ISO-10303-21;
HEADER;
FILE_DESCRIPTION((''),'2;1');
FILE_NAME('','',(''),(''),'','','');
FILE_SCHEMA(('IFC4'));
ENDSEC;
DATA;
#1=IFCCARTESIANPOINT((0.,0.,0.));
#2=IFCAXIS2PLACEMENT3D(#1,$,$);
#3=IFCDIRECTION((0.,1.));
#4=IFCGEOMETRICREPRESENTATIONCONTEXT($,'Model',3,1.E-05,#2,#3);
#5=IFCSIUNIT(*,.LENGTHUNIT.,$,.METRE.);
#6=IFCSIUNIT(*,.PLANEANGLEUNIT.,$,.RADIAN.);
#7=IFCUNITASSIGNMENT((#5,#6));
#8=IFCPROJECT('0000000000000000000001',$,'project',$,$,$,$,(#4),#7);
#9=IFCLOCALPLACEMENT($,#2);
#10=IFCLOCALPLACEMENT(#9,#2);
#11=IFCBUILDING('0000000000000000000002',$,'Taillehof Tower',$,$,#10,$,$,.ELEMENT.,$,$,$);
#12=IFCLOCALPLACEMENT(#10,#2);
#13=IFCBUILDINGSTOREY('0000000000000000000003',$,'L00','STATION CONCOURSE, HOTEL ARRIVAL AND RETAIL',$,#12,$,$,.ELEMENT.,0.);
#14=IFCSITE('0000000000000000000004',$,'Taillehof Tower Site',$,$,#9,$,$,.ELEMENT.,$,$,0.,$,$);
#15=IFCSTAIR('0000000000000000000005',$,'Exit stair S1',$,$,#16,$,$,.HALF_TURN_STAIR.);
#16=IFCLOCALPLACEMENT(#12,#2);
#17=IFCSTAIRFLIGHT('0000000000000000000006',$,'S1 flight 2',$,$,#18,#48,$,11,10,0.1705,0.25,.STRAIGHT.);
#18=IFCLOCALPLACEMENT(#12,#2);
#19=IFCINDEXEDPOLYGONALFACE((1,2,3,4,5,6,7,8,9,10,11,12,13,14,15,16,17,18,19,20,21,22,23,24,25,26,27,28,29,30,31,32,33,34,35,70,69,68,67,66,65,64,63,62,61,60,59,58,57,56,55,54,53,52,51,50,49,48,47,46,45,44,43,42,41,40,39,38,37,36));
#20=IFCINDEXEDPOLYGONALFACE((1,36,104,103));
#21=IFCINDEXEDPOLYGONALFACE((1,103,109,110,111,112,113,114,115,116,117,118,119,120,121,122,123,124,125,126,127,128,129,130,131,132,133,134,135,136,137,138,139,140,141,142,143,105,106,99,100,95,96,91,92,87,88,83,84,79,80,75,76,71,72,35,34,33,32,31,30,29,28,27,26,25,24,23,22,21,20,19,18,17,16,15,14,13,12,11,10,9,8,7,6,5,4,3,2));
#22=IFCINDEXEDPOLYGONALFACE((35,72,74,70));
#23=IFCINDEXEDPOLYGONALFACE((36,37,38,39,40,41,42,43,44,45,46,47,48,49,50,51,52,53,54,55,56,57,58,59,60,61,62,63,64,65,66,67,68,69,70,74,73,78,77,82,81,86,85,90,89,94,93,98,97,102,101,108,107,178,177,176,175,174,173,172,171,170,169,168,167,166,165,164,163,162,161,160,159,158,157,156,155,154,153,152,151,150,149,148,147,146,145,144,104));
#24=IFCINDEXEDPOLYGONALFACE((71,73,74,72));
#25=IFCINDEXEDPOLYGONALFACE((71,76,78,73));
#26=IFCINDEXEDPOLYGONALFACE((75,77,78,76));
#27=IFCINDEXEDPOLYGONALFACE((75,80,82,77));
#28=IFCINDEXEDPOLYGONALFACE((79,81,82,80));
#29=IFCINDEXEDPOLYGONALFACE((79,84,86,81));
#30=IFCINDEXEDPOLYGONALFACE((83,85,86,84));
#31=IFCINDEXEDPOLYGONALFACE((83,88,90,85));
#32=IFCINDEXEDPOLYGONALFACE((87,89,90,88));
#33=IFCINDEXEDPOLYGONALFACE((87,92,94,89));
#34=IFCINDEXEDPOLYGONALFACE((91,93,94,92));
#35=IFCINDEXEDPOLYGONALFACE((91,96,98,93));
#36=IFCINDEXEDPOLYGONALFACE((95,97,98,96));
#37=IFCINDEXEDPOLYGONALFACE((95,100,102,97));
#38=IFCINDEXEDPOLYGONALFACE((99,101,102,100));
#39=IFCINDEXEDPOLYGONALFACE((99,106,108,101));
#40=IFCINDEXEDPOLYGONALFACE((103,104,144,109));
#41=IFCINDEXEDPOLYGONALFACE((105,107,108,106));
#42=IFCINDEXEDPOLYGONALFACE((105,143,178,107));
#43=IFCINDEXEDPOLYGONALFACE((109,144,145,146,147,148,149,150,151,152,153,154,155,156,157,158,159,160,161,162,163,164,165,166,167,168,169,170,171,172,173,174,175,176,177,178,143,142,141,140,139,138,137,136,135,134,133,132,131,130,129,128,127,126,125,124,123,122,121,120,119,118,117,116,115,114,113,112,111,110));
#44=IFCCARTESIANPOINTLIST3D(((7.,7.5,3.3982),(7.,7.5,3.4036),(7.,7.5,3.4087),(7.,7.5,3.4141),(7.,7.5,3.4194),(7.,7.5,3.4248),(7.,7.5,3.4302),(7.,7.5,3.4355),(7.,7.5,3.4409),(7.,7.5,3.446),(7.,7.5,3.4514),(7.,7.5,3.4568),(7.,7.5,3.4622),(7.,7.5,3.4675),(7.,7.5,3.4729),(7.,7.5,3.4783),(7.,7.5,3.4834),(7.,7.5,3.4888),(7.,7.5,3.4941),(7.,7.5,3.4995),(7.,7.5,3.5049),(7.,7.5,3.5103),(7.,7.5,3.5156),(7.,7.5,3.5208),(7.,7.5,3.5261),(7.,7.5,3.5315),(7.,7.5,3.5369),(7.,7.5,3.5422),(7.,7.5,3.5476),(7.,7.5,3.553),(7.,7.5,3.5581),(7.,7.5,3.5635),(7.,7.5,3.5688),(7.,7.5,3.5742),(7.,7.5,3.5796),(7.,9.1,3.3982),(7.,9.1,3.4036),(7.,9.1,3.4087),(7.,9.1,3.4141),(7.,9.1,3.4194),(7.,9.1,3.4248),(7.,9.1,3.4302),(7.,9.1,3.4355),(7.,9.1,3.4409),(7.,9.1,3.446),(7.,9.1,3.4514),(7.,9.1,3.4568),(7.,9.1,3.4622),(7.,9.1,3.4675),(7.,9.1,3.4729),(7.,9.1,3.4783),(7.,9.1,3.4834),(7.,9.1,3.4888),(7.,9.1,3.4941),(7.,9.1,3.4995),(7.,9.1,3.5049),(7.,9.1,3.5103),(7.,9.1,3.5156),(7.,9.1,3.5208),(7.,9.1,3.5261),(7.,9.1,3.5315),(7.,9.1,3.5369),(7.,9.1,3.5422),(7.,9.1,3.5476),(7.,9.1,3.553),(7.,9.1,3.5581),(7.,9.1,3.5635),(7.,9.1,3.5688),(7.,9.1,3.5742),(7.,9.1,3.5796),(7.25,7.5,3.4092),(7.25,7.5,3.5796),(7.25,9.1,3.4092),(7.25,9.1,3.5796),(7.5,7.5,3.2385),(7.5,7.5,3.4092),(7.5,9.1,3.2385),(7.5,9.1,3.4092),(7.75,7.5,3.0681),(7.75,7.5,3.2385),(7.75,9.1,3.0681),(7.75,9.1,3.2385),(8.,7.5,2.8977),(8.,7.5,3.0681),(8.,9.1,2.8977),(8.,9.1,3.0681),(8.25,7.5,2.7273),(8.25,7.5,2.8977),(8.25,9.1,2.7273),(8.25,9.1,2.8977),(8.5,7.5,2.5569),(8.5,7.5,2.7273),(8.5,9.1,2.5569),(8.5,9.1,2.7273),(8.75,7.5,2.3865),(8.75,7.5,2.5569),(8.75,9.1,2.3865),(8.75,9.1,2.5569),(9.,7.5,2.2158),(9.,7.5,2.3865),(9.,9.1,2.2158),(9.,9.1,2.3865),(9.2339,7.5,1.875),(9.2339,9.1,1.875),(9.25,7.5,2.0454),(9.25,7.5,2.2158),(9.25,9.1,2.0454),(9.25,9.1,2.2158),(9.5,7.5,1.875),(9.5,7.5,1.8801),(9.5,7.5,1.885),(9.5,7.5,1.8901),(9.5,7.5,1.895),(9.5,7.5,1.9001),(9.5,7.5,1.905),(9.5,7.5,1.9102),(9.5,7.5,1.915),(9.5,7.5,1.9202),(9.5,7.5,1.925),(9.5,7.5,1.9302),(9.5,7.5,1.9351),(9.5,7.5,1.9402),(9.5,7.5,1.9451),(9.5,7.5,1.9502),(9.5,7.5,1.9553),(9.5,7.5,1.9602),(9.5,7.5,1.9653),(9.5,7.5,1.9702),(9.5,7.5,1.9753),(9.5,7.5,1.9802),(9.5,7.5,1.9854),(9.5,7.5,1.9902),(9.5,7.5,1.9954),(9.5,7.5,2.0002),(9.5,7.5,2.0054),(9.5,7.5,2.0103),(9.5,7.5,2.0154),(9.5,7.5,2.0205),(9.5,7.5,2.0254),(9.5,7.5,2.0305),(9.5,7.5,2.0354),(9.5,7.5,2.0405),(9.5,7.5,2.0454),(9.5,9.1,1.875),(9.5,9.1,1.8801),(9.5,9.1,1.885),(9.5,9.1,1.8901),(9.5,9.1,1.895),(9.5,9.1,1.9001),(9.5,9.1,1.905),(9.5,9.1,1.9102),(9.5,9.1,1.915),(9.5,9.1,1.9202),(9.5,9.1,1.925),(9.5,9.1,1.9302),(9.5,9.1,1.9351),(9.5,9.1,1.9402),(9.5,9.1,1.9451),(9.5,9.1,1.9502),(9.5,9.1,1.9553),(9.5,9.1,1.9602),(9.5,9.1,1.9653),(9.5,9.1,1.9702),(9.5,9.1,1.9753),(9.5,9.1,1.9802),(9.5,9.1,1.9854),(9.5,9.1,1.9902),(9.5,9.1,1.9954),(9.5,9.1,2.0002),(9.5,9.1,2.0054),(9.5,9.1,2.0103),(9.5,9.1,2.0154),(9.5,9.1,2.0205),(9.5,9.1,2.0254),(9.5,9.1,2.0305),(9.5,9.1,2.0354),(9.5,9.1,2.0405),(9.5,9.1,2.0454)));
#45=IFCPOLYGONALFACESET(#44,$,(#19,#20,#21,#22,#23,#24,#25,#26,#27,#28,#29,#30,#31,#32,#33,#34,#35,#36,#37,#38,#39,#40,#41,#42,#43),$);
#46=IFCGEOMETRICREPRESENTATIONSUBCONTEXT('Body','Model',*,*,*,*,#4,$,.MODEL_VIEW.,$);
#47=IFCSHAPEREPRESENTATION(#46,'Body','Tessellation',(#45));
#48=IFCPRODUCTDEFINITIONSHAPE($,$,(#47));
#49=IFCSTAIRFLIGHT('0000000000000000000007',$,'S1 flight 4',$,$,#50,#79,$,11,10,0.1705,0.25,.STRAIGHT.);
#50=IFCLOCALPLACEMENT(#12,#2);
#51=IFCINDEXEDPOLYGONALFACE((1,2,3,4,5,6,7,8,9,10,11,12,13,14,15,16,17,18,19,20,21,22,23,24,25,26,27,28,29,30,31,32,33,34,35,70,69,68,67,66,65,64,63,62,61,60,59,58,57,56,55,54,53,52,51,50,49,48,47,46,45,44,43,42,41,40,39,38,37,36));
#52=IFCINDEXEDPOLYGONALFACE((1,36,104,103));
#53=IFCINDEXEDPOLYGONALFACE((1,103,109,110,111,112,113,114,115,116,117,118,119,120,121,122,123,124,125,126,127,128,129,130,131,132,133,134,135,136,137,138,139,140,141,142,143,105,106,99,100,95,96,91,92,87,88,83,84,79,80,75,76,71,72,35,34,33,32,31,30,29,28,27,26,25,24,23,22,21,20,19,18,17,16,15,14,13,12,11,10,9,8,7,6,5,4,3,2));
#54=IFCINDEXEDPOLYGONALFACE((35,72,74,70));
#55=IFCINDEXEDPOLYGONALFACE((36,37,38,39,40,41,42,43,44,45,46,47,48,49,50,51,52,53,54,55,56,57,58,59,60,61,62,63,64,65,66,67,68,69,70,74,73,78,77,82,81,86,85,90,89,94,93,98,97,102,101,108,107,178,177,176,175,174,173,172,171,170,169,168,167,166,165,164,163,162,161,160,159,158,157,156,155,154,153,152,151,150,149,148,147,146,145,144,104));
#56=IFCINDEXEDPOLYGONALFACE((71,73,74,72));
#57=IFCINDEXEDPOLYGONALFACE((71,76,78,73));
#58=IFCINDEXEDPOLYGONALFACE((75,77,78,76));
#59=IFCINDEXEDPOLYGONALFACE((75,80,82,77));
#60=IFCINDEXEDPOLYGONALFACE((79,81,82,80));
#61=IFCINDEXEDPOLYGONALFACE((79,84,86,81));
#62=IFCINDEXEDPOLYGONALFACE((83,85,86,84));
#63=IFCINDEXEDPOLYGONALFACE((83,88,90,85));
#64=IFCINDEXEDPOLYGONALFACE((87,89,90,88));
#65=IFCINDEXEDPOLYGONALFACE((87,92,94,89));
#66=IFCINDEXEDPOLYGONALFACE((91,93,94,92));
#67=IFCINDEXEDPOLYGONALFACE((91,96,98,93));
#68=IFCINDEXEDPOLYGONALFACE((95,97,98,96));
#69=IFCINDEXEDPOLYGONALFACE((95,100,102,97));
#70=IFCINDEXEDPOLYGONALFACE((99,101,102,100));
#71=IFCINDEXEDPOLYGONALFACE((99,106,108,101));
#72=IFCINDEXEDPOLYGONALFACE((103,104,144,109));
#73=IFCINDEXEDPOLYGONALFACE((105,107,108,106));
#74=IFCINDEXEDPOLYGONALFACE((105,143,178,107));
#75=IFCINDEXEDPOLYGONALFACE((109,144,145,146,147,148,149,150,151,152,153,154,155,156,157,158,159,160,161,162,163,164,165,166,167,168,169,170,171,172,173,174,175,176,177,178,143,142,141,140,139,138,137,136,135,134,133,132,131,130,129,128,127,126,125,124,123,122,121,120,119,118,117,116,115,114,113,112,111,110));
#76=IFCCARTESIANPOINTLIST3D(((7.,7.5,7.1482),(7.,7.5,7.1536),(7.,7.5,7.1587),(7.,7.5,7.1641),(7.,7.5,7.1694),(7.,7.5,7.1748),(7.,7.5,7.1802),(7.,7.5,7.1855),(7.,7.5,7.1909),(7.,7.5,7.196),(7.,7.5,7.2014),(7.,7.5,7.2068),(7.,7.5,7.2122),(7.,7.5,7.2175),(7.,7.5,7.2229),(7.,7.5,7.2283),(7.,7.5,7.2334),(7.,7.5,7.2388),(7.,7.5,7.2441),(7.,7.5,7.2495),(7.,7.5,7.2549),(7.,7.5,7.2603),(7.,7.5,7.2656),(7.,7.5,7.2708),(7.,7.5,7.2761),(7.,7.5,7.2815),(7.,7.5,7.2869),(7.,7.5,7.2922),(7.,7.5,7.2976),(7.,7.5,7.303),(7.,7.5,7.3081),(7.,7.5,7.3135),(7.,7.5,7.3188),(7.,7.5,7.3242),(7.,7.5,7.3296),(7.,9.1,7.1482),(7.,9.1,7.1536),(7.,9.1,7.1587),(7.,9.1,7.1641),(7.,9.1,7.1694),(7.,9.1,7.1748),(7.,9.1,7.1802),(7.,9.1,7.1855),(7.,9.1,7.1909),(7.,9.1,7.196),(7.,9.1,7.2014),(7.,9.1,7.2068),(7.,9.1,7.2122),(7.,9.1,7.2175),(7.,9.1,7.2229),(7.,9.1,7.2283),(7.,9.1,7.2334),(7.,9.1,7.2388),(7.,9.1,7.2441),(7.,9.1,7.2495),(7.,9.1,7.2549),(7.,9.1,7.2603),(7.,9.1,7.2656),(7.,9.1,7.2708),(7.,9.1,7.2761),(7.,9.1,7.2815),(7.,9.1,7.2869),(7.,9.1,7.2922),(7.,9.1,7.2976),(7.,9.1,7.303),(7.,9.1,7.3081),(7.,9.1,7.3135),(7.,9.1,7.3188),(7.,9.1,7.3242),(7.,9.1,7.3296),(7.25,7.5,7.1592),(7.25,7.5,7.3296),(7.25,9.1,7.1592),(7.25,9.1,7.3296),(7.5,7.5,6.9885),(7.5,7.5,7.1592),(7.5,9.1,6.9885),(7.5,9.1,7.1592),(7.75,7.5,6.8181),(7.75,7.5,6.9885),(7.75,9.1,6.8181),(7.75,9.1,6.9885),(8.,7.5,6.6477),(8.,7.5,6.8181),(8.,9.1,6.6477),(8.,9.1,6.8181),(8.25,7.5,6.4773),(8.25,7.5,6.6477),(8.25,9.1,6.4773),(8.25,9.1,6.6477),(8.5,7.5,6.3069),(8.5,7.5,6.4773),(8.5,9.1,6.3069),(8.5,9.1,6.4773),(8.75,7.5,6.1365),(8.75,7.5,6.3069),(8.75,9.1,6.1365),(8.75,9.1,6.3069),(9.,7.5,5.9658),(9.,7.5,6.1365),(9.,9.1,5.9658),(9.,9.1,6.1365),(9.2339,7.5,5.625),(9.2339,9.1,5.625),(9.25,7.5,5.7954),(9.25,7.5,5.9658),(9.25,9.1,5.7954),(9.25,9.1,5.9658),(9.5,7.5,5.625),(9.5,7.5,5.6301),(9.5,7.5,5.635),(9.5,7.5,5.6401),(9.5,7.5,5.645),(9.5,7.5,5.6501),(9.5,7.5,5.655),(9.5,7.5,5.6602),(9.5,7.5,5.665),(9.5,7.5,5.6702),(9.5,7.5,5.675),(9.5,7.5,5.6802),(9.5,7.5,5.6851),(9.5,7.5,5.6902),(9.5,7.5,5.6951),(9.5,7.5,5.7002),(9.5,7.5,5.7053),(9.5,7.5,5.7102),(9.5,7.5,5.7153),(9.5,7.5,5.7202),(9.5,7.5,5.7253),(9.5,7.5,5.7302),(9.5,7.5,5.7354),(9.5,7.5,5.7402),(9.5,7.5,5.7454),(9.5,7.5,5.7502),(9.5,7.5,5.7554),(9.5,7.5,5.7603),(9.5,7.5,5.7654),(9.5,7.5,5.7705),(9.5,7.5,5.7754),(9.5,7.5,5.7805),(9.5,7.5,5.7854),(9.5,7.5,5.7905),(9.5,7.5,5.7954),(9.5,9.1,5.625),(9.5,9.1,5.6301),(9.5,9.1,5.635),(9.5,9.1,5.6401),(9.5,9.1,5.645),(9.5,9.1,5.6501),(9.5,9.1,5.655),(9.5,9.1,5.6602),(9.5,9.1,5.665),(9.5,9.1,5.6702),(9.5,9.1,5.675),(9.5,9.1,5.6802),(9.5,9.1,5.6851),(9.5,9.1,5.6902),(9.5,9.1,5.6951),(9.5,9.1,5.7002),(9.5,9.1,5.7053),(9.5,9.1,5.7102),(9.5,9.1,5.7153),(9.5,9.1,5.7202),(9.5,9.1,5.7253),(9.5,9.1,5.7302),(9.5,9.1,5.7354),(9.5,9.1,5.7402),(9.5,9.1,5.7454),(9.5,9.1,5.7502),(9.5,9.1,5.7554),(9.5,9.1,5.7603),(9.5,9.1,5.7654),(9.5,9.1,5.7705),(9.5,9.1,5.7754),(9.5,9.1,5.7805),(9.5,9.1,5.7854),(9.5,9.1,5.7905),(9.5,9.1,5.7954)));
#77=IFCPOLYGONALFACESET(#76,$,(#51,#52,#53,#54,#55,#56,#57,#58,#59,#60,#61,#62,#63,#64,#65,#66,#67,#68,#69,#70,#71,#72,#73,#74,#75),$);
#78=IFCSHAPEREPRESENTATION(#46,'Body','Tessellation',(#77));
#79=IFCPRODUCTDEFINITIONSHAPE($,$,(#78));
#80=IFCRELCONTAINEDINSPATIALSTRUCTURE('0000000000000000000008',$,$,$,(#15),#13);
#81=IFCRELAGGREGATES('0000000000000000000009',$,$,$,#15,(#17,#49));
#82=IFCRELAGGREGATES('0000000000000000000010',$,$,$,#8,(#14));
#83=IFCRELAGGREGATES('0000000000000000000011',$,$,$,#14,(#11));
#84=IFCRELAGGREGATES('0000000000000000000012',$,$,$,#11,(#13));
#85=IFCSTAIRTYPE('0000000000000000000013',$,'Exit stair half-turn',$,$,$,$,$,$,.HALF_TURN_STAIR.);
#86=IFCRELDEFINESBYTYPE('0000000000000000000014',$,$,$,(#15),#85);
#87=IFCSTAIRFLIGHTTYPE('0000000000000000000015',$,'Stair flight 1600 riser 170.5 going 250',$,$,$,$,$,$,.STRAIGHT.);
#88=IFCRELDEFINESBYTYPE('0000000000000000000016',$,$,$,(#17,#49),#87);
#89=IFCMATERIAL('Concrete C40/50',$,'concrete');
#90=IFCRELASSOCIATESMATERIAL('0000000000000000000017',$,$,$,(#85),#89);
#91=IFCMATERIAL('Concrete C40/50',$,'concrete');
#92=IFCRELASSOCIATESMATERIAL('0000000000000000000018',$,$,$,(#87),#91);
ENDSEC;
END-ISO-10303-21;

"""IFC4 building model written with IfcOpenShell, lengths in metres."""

from ifc_helpers import new_model, si_unit, direction, frame, origin, place, context, subcontext, project, spatial, polyline, outline, extrude, material, type_object, element, aggregate, save


model = new_model("IFC4")

# Units and contexts
model_context = context("Model", 3, precision=1e-05, world=origin(), true_north=direction((0.0, 1.0)))
body_context = subcontext(model_context, "Body", "Model", "MODEL_VIEW")
ifc_project = project(units=[si_unit("LENGTHUNIT", "METRE"), si_unit("PLANEANGLEUNIT", "RADIAN")], contexts=[model_context])

# Site, building, storey
site_placement = place(None, origin())
site = spatial("IfcSite", under=ifc_project, at=site_placement, Name="Taillehof Tower Site", CompositionType="ELEMENT", RefElevation=0.0)
building_placement = place(site_placement, origin())
building = spatial("IfcBuilding", under=site, at=building_placement, Name="Taillehof Tower", CompositionType="ELEMENT")
storey_placement = place(building_placement, origin())
storey = spatial("IfcBuildingStorey", under=building, at=storey_placement, Name="L00", Description="STATION CONCOURSE, HOTEL ARRIVAL AND RETAIL", CompositionType="ELEMENT", Elevation=0.0)

# Stair, stair flights
ifc_material_1 = material(Name="Concrete C40/50", Category="concrete")
stair_type = type_object("IfcStairType", Name="Exit stair half-turn", PredefinedType="HALF_TURN_STAIR", material=ifc_material_1)
stair_placement = place(storey_placement, origin())
stair = element("IfcStair", 1, at=stair_placement, inside=storey, type_object=stair_type, Name="Exit stair S1", PredefinedType="HALF_TURN_STAIR")
ifc_material_2 = material(Name="Concrete C40/50", Category="concrete")
stair_flight_type = type_object("IfcStairFlightType", Name="Stair flight 1600 riser 170.5 going 250", PredefinedType="STRAIGHT", material=ifc_material_2)
stair_flight_1_placement = place(storey_placement, frame((9.5, 8.3, 1.875), z_axis=(0.0, 0.0, 1.0), x_axis=(-1.0, 0.0, 0.0)))
stair_flight_1 = element("IfcStairFlight", 2, at=stair_flight_1_placement, type_object=stair_flight_type, Name="S1 flight 2", NumberOfRisers=11, NumberOfTreads=10, PredefinedType="STRAIGHT", RiserHeight=0.1705, TreadLength=0.25, context=body_context, shape_type="SweptSolid", body=[
    extrude(outline(polyline([(0.0, 0.0), (0.0, 0.0051), (0.0, 0.01), (0.0, 0.0151), (0.0, 0.02), (0.0, 0.0251), (0.0, 0.03), (0.0, 0.0352), (0.0, 0.04), (0.0, 0.0452), (0.0, 0.05), (0.0, 0.0552), (0.0, 0.0601), (0.0, 0.0652), (0.0, 0.0701), (0.0, 0.0752), (0.0, 0.0803), (0.0, 0.0852), (0.0, 0.0903), (0.0, 0.0952), (0.0, 0.1003), (0.0, 0.1052), (0.0, 0.1104), (0.0, 0.1152), (0.0, 0.1204), (0.0, 0.1252), (0.0, 0.1304), (0.0, 0.1353), (0.0, 0.1404), (0.0, 0.1455), (0.0, 0.1504), (0.0, 0.1555), (0.0, 0.1604), (0.0, 0.1655), (0.0, 0.1704), (0.25, 0.1704), (0.25, 0.3408), (0.5, 0.3408), (0.5, 0.5115), (0.75, 0.5115), (0.75, 0.6819), (1.0, 0.6819), (1.0, 0.8523), (1.25, 0.8523), (1.25, 1.0227), (1.5, 1.0227), (1.5, 1.1931), (1.75, 1.1931), (1.75, 1.3635), (2.0, 1.3635), (2.0, 1.5342), (2.25, 1.5342), (2.25, 1.7046), (2.5, 1.7046), (2.5, 1.6992), (2.5, 1.6938), (2.5, 1.6885), (2.5, 1.6831), (2.5, 1.678), (2.5, 1.6726), (2.5, 1.6672), (2.5, 1.6619), (2.5, 1.6565), (2.5, 1.6511), (2.5, 1.6458), (2.5, 1.6406), (2.5, 1.6353), (2.5, 1.6299), (2.5, 1.6245), (2.5, 1.6191), (2.5, 1.6138), (2.5, 1.6084), (2.5, 1.6033), (2.5, 1.5979), (2.5, 1.5925), (2.5, 1.5872), (2.5, 1.5818), (2.5, 1.5764), (2.5, 1.571), (2.5, 1.5659), (2.5, 1.5605), (2.5, 1.5552), (2.5, 1.5498), (2.5, 1.5444), (2.5, 1.5391), (2.5, 1.5337), (2.5, 1.5286), (2.5, 1.5232), (0.2661, 0.0), (0.0, 0.0)])), frame((0.0, 0.8, 0.0), z_axis=(0.0, -1.0, 0.0), x_axis=(1.0, 0.0, 0.0)), (0.0, 0.0, 1.0), 1.6),
])
stair_flight_2_placement = place(storey_placement, frame((9.5, 8.3, 5.625), z_axis=(0.0, 0.0, 1.0), x_axis=(-1.0, 0.0, 0.0)))
stair_flight_2 = element("IfcStairFlight", 3, at=stair_flight_2_placement, type_object=stair_flight_type, Name="S1 flight 4", NumberOfRisers=11, NumberOfTreads=10, PredefinedType="STRAIGHT", RiserHeight=0.1705, TreadLength=0.25, context=body_context, shape_type="SweptSolid", body=[
    extrude(outline(polyline([(0.0, 0.0), (0.0, 0.0051), (0.0, 0.01), (0.0, 0.0151), (0.0, 0.02), (0.0, 0.0251), (0.0, 0.03), (0.0, 0.0352), (0.0, 0.04), (0.0, 0.0452), (0.0, 0.05), (0.0, 0.0552), (0.0, 0.0601), (0.0, 0.0652), (0.0, 0.0701), (0.0, 0.0752), (0.0, 0.0803), (0.0, 0.0852), (0.0, 0.0903), (0.0, 0.0952), (0.0, 0.1003), (0.0, 0.1052), (0.0, 0.1104), (0.0, 0.1152), (0.0, 0.1204), (0.0, 0.1252), (0.0, 0.1304), (0.0, 0.1353), (0.0, 0.1404), (0.0, 0.1455), (0.0, 0.1504), (0.0, 0.1555), (0.0, 0.1604), (0.0, 0.1655), (0.0, 0.1704), (0.25, 0.1704), (0.25, 0.3408), (0.5, 0.3408), (0.5, 0.5115), (0.75, 0.5115), (0.75, 0.6819), (1.0, 0.6819), (1.0, 0.8523), (1.25, 0.8523), (1.25, 1.0227), (1.5, 1.0227), (1.5, 1.1931), (1.75, 1.1931), (1.75, 1.3635), (2.0, 1.3635), (2.0, 1.5342), (2.25, 1.5342), (2.25, 1.7046), (2.5, 1.7046), (2.5, 1.6992), (2.5, 1.6938), (2.5, 1.6885), (2.5, 1.6831), (2.5, 1.678), (2.5, 1.6726), (2.5, 1.6672), (2.5, 1.6619), (2.5, 1.6565), (2.5, 1.6511), (2.5, 1.6458), (2.5, 1.6406), (2.5, 1.6353), (2.5, 1.6299), (2.5, 1.6245), (2.5, 1.6191), (2.5, 1.6138), (2.5, 1.6084), (2.5, 1.6033), (2.5, 1.5979), (2.5, 1.5925), (2.5, 1.5872), (2.5, 1.5818), (2.5, 1.5764), (2.5, 1.571), (2.5, 1.5659), (2.5, 1.5605), (2.5, 1.5552), (2.5, 1.5498), (2.5, 1.5444), (2.5, 1.5391), (2.5, 1.5337), (2.5, 1.5286), (2.5, 1.5232), (0.2661, 0.0), (0.0, 0.0)])), frame((0.0, 0.8, 0.0), z_axis=(0.0, -1.0, 0.0), x_axis=(1.0, 0.0, 0.0)), (0.0, 0.0, 1.0), 1.6),
])
aggregate(stair, [stair_flight_1, stair_flight_2])

save(model, "model.ifc")
